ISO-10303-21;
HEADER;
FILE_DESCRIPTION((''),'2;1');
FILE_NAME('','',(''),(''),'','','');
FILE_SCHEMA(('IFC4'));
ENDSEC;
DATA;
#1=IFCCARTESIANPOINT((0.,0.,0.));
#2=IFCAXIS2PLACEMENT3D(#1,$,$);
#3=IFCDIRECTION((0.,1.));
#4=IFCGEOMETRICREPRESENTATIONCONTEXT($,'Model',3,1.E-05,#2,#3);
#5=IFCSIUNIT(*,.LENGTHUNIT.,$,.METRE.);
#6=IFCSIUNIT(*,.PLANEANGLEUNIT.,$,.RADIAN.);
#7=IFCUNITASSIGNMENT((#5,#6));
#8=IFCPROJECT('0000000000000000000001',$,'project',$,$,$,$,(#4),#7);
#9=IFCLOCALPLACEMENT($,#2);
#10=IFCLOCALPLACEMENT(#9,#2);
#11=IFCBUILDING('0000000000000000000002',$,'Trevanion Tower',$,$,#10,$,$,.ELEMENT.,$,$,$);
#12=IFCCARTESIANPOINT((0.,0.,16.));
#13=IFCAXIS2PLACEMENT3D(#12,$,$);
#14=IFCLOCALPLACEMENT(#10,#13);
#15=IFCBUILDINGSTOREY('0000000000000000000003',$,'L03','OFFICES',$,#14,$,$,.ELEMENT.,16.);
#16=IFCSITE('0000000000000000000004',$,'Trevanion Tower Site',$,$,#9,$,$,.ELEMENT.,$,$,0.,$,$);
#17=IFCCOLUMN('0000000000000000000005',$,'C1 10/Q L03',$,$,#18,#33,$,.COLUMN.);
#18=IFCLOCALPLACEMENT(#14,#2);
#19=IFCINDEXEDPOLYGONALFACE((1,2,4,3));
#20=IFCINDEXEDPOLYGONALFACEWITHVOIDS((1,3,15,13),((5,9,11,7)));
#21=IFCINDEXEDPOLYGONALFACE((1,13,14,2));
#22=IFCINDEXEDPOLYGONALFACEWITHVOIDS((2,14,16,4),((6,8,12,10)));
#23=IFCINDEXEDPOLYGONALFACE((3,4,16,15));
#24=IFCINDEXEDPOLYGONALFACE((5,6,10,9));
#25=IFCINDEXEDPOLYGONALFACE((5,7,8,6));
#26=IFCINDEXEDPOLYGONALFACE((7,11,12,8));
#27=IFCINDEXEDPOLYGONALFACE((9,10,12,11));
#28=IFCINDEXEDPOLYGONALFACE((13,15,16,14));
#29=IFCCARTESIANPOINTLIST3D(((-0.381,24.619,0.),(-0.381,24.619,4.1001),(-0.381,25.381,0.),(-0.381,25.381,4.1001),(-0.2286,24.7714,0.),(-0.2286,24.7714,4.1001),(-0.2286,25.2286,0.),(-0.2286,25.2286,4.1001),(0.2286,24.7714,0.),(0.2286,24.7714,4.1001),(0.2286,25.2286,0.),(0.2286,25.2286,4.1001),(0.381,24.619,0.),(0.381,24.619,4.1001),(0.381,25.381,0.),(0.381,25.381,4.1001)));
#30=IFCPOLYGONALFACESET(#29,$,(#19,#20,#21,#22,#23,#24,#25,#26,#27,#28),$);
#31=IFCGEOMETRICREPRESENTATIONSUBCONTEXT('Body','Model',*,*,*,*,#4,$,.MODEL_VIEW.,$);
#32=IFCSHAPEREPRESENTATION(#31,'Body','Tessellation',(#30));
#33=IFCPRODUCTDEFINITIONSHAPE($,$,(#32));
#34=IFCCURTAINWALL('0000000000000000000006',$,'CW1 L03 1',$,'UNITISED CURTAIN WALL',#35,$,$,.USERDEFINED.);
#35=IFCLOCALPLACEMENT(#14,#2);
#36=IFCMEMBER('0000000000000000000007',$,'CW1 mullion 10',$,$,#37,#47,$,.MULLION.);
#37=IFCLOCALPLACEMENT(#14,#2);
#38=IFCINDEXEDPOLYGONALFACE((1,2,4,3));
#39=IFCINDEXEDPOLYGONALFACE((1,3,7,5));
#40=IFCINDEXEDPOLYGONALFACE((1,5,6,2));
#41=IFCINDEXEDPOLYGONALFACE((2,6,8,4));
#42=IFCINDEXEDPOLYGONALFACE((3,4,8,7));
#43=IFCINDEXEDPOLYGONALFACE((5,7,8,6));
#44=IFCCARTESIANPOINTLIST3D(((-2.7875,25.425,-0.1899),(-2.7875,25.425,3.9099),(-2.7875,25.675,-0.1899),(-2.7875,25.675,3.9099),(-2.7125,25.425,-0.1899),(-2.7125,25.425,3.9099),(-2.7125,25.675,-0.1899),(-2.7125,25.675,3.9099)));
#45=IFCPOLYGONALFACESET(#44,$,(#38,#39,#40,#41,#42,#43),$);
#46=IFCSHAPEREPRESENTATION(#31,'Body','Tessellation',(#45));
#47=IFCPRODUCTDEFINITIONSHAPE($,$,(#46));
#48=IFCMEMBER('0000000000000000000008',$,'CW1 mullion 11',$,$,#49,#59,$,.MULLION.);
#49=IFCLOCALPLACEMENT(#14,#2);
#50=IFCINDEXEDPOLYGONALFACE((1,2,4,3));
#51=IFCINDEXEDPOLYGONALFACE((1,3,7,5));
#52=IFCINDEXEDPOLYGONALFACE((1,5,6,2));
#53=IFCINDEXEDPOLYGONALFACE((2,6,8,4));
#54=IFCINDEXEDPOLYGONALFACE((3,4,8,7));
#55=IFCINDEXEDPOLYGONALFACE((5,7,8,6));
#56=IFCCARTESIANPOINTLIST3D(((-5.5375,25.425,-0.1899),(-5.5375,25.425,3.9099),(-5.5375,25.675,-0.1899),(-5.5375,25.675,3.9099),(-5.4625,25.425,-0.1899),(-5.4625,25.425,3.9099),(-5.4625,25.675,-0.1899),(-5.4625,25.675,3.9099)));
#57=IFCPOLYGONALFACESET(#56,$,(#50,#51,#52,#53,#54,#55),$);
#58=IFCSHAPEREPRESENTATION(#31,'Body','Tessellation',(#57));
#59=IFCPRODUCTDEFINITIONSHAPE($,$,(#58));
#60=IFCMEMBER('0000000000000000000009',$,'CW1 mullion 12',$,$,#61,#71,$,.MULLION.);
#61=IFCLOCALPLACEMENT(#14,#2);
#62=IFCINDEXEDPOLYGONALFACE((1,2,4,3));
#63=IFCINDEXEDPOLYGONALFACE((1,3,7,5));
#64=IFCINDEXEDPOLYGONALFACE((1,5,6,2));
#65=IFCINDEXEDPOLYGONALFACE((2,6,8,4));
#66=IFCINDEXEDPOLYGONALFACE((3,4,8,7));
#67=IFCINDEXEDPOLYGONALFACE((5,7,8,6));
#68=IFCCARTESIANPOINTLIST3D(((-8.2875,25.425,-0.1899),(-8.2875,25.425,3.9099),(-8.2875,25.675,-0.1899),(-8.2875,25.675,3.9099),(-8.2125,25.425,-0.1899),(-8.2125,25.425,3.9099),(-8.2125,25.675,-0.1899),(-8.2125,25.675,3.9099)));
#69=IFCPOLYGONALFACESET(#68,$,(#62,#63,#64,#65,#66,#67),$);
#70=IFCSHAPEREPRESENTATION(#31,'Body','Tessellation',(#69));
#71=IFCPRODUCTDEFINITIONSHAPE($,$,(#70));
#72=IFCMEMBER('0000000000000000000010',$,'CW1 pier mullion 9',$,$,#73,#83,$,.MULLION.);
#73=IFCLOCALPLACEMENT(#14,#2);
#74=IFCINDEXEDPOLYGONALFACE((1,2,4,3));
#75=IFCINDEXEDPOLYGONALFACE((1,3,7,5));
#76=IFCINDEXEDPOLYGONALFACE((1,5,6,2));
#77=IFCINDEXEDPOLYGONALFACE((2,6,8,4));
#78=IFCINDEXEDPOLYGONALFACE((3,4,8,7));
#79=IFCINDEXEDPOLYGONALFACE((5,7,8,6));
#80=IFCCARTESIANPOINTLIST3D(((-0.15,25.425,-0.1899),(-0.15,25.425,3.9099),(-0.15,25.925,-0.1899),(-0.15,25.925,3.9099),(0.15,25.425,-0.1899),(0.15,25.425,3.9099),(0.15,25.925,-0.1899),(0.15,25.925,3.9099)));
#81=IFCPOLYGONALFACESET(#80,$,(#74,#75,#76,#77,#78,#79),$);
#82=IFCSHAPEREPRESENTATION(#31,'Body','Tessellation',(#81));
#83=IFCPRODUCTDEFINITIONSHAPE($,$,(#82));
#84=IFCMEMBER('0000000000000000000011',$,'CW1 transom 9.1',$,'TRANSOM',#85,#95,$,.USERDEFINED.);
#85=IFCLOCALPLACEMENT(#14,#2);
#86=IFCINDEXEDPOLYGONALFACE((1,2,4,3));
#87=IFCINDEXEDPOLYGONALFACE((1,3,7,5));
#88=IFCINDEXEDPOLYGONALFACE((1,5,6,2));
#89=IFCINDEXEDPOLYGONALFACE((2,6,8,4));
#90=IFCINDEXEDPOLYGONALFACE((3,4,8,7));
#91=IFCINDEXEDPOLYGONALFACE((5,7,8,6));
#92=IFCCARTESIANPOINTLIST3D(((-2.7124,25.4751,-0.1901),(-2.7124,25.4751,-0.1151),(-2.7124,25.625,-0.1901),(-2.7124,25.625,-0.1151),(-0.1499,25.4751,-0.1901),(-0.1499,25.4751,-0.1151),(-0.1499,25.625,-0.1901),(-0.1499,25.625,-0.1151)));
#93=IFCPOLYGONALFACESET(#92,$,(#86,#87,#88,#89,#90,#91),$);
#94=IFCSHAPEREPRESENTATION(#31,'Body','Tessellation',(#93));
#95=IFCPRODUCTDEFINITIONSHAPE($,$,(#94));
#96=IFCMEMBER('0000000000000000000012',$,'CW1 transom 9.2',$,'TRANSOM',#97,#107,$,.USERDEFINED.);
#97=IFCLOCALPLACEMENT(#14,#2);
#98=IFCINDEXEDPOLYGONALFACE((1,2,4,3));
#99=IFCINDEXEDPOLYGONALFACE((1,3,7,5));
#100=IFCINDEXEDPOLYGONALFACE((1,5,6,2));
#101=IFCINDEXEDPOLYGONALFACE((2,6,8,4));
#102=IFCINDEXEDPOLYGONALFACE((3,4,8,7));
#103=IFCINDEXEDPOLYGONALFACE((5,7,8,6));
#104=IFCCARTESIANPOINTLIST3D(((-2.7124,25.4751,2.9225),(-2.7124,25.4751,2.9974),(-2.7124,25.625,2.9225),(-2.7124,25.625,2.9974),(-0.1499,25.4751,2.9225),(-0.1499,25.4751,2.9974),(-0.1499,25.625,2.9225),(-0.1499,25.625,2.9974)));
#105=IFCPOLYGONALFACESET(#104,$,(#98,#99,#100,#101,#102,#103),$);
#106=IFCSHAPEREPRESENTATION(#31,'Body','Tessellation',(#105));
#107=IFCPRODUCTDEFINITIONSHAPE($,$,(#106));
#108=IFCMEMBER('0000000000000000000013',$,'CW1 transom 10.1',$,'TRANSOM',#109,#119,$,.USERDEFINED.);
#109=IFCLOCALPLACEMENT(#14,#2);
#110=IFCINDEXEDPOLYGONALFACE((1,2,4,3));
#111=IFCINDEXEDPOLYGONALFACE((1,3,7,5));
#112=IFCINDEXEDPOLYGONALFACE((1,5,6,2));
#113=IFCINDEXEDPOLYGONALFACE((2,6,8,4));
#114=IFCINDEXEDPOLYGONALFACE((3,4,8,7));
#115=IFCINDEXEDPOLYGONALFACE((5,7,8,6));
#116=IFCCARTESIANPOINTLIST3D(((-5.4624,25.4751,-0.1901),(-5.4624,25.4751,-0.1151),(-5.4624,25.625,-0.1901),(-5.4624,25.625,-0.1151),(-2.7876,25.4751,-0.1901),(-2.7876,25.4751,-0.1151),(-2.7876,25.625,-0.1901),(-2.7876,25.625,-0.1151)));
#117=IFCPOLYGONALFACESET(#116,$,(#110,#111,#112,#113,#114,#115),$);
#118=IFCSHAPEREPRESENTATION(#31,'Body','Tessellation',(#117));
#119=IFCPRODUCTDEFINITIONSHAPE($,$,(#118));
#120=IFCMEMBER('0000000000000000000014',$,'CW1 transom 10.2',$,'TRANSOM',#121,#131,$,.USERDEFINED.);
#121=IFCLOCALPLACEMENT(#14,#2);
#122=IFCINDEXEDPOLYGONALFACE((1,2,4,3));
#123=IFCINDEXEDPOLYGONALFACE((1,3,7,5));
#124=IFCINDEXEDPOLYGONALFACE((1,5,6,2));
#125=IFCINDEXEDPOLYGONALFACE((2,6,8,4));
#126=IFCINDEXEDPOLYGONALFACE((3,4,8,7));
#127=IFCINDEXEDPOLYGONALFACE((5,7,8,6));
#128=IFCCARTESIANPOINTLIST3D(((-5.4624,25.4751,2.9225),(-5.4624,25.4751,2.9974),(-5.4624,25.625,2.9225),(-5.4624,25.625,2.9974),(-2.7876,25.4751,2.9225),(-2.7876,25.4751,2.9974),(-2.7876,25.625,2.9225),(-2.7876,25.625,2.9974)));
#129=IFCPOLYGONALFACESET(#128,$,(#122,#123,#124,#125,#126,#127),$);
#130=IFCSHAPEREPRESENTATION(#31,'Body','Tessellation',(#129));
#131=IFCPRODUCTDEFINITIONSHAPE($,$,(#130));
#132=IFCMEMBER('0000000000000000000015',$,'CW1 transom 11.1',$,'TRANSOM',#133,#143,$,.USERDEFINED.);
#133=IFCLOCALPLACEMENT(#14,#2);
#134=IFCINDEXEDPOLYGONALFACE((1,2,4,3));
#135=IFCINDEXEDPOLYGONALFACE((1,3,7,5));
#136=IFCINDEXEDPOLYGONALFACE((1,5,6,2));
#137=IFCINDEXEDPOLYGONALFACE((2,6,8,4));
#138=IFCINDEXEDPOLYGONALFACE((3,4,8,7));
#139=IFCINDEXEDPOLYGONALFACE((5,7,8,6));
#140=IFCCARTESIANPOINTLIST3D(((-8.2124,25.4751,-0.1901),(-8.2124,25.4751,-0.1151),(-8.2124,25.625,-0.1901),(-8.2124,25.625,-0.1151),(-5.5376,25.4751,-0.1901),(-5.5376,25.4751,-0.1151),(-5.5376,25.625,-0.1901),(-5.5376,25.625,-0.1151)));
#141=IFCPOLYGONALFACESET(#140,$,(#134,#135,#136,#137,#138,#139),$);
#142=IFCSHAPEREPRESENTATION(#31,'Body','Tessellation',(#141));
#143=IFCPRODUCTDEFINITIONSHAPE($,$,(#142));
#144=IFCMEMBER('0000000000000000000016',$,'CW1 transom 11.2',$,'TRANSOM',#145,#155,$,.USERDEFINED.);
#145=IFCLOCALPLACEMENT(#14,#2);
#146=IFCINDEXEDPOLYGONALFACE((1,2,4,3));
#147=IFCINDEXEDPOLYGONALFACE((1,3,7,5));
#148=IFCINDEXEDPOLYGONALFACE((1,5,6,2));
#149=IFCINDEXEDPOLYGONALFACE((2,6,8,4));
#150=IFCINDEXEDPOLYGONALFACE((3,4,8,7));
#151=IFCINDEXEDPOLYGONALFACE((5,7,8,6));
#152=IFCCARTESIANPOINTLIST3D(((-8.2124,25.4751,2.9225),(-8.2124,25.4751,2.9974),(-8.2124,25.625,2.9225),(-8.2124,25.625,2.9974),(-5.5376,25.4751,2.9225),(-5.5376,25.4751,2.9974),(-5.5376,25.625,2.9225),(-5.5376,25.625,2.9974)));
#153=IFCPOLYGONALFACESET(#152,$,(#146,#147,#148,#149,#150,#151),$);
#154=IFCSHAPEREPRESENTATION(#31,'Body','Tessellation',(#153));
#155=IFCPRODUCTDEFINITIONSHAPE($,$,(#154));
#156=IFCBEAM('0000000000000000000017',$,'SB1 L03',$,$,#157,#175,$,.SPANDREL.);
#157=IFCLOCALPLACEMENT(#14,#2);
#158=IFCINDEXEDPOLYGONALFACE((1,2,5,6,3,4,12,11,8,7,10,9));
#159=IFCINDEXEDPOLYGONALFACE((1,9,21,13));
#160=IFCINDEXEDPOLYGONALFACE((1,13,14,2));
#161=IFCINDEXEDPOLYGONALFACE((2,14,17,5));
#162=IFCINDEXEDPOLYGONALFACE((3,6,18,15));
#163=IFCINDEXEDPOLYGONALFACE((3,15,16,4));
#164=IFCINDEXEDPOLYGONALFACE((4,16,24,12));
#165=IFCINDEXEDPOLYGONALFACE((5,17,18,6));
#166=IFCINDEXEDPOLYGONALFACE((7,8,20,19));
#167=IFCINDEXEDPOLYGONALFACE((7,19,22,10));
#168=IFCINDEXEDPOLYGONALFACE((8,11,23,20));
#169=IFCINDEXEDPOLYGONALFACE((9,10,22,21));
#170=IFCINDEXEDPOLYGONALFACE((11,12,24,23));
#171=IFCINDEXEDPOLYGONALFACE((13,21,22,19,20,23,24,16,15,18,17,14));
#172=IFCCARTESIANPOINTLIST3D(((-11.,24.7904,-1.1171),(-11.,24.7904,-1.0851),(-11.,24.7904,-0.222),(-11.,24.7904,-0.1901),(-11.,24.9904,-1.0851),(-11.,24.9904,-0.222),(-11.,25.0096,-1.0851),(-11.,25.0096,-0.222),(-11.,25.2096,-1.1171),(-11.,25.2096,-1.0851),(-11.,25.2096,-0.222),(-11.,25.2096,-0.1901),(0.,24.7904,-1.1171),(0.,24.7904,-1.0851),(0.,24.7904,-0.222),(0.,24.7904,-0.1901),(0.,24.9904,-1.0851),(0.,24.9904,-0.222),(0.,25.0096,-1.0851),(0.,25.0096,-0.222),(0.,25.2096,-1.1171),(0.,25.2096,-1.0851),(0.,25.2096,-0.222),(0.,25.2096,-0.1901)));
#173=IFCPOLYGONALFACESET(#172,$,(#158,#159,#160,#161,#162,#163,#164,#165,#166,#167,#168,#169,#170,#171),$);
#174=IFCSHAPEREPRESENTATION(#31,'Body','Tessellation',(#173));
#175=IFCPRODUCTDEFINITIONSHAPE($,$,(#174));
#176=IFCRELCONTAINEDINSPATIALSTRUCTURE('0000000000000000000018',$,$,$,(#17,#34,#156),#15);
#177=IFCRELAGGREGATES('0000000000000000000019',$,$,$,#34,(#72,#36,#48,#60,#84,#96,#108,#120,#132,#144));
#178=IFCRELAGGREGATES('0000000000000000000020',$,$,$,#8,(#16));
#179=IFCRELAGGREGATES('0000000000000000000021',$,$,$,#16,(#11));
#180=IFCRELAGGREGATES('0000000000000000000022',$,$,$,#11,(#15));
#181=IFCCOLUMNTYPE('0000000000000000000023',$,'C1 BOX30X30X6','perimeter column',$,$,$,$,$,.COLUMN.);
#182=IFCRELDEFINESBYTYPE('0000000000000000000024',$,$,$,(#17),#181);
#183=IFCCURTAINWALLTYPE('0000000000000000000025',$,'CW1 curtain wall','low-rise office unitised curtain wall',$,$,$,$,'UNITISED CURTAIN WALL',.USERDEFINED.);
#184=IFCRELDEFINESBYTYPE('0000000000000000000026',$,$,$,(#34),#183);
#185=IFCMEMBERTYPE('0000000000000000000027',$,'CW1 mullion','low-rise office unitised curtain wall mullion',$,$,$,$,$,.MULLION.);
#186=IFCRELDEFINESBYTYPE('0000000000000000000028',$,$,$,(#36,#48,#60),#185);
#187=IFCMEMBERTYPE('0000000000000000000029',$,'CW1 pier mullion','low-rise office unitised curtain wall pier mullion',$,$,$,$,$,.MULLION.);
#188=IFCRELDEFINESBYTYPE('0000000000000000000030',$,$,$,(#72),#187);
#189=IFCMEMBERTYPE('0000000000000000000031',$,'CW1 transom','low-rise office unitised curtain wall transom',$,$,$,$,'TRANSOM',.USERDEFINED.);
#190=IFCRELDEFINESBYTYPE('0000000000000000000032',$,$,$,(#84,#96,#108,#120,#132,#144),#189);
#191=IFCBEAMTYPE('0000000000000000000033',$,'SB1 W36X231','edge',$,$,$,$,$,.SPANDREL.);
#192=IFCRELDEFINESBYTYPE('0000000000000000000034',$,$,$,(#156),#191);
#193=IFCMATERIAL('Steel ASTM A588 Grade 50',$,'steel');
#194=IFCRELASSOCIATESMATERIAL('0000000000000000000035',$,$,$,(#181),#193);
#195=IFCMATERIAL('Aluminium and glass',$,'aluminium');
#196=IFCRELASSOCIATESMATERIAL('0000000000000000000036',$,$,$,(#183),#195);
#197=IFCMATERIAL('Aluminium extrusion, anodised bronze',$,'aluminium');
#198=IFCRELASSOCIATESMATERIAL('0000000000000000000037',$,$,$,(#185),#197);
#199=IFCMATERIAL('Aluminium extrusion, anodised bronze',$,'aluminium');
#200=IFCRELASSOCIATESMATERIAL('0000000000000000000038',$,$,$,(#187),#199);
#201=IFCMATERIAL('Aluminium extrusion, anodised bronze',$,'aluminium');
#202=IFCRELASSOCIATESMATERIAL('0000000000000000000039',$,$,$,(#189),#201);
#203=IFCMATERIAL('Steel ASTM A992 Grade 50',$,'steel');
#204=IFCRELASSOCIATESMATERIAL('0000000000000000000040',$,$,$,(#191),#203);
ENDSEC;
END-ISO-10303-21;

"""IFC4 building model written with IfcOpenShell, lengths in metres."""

from ifc_helpers import new_model, si_unit, direction, frame, origin, origin_2d, place, context, subcontext, project, spatial, rectangle, hollow_rectangle, i_section, extrude, material, material_profile, profile_set, type_object, element, aggregate, save


model = new_model("IFC4")

# Units and contexts
model_context = context("Model", 3, precision=1e-05, world=origin(), true_north=direction((0.0, 1.0)))
body_context = subcontext(model_context, "Body", "Model", "MODEL_VIEW")
ifc_project = project(units=[si_unit("LENGTHUNIT", "METRE"), si_unit("PLANEANGLEUNIT", "RADIAN")], contexts=[model_context])

# Site, building, storey
site_placement = place(None, origin())
site = spatial("IfcSite", under=ifc_project, at=site_placement, Name="Trevanion Tower Site", CompositionType="ELEMENT", RefElevation=0.0)
building_placement = place(site_placement, origin())
building = spatial("IfcBuilding", under=site, at=building_placement, Name="Trevanion Tower", CompositionType="ELEMENT")
storey_placement = place(building_placement, frame((0.0, 0.0, 16.0)))
storey = spatial("IfcBuildingStorey", under=building, at=storey_placement, Name="L03", Description="OFFICES", CompositionType="ELEMENT", Elevation=16.0)

# Column
ifc_material_1 = material(Name="Steel ASTM A588 Grade 50", Category="steel")
ifc_material_profile_1 = material_profile(ifc_material_1, hollow_rectangle(XDim=0.762, YDim=0.762, WallThickness=0.1523, at=origin_2d()), Name="BOX30X30X6")
ifc_profile_set_1 = profile_set([ifc_material_profile_1], Name="Steel ASTM A588 Grade 50")
column_type = type_object("IfcColumnType", Name="C1 BOX30X30X6", Description="perimeter column", PredefinedType="COLUMN", material=ifc_profile_set_1)
column_placement = place(storey_placement, frame((0.0, 25.0, 0.0), z_axis=(0.0, 0.0, 1.0), x_axis=(1.0, 0.0, 0.0)))
element("IfcColumn", 1, at=column_placement, inside=storey, type_object=column_type, Name="C1 10/Q L03", PredefinedType="COLUMN", context=body_context, shape_type="SweptSolid", body=[
    extrude(hollow_rectangle(XDim=0.762, YDim=0.762, WallThickness=0.1523, at=origin_2d()), origin(), (0.0, 0.0, 1.0), 4.1001),
])

# Curtain wall, members
ifc_material_2 = material(Name="Aluminium and glass", Category="aluminium")
curtain_wall_type = type_object("IfcCurtainWallType", Name="CW1 curtain wall", Description="low-rise office unitised curtain wall", ElementType="UNITISED CURTAIN WALL", PredefinedType="USERDEFINED", material=ifc_material_2)
curtain_wall_placement = place(storey_placement, origin())
curtain_wall = element("IfcCurtainWall", 2, at=curtain_wall_placement, inside=storey, type_object=curtain_wall_type, Name="CW1 L03 1", ObjectType="UNITISED CURTAIN WALL", PredefinedType="USERDEFINED")
ifc_material_3 = material(Name="Aluminium extrusion, anodised bronze", Category="aluminium")
ifc_material_profile_2 = material_profile(ifc_material_3, rectangle(XDim=0.075, YDim=0.25, at=origin_2d()), Name="CW1 mullion")
ifc_profile_set_2 = profile_set([ifc_material_profile_2], Name="Aluminium extrusion, anodised bronze")
member_type_1 = type_object("IfcMemberType", Name="CW1 mullion", Description="low-rise office unitised curtain wall mullion", PredefinedType="MULLION", material=ifc_profile_set_2)
member_1_placement = place(storey_placement, frame((-2.75, 25.55, -0.1899), z_axis=(0.0, 0.0, 1.0), x_axis=(-1.0, 0.0, 0.0)))
member_1 = element("IfcMember", 3, at=member_1_placement, type_object=member_type_1, Name="CW1 mullion 10", PredefinedType="MULLION", context=body_context, shape_type="SweptSolid", body=[
    extrude(rectangle(XDim=0.075, YDim=0.25, at=origin_2d()), origin(), (0.0, 0.0, 1.0), 4.0999),
])
member_2_placement = place(storey_placement, frame((-5.5, 25.55, -0.1899), z_axis=(0.0, 0.0, 1.0), x_axis=(-1.0, 0.0, 0.0)))
member_2 = element("IfcMember", 4, at=member_2_placement, type_object=member_type_1, Name="CW1 mullion 11", PredefinedType="MULLION", context=body_context, shape_type="SweptSolid", body=[
    extrude(rectangle(XDim=0.075, YDim=0.25, at=origin_2d()), origin(), (0.0, 0.0, 1.0), 4.0999),
])
member_3_placement = place(storey_placement, frame((-8.25, 25.55, -0.1899), z_axis=(0.0, 0.0, 1.0), x_axis=(-1.0, 0.0, 0.0)))
member_3 = element("IfcMember", 5, at=member_3_placement, type_object=member_type_1, Name="CW1 mullion 12", PredefinedType="MULLION", context=body_context, shape_type="SweptSolid", body=[
    extrude(rectangle(XDim=0.075, YDim=0.25, at=origin_2d()), origin(), (0.0, 0.0, 1.0), 4.0999),
])
ifc_material_4 = material(Name="Aluminium extrusion, anodised bronze", Category="aluminium")
ifc_material_profile_3 = material_profile(ifc_material_4, rectangle(XDim=0.3, YDim=0.5, at=origin_2d()), Name="CW1 pier mullion")
ifc_profile_set_3 = profile_set([ifc_material_profile_3], Name="Aluminium extrusion, anodised bronze")
member_type_2 = type_object("IfcMemberType", Name="CW1 pier mullion", Description="low-rise office unitised curtain wall pier mullion", PredefinedType="MULLION", material=ifc_profile_set_3)
member_4_placement = place(storey_placement, frame((0.0, 25.675, -0.1899), z_axis=(0.0, 0.0, 1.0), x_axis=(-1.0, 0.0, 0.0)))
member_4 = element("IfcMember", 6, at=member_4_placement, type_object=member_type_2, Name="CW1 pier mullion 9", PredefinedType="MULLION", context=body_context, shape_type="SweptSolid", body=[
    extrude(rectangle(XDim=0.3, YDim=0.5, at=origin_2d()), origin(), (0.0, 0.0, 1.0), 4.0999),
])
ifc_material_5 = material(Name="Aluminium extrusion, anodised bronze", Category="aluminium")
ifc_material_profile_4 = material_profile(ifc_material_5, rectangle(XDim=0.1499, YDim=0.075, at=origin_2d()), Name="CW1 transom")
ifc_profile_set_4 = profile_set([ifc_material_profile_4], Name="Aluminium extrusion, anodised bronze")
member_type_3 = type_object("IfcMemberType", Name="CW1 transom", Description="low-rise office unitised curtain wall transom", ElementType="TRANSOM", PredefinedType="USERDEFINED", material=ifc_profile_set_4)
member_5_placement = place(storey_placement, frame((-0.1499, 25.55, -0.1526), z_axis=(-1.0, 0.0, 0.0), x_axis=(0.0, -1.0, 0.0)))
member_5 = element("IfcMember", 7, at=member_5_placement, type_object=member_type_3, Name="CW1 transom 9.1", ObjectType="TRANSOM", PredefinedType="USERDEFINED", context=body_context, shape_type="SweptSolid", body=[
    extrude(rectangle(XDim=0.1499, YDim=0.075, at=origin_2d()), origin(), (0.0, 0.0, 1.0), 2.5625),
])
member_6_placement = place(storey_placement, frame((-0.1499, 25.55, 2.96), z_axis=(-1.0, 0.0, 0.0), x_axis=(0.0, -1.0, 0.0)))
member_6 = element("IfcMember", 8, at=member_6_placement, type_object=member_type_3, Name="CW1 transom 9.2", ObjectType="TRANSOM", PredefinedType="USERDEFINED", context=body_context, shape_type="SweptSolid", body=[
    extrude(rectangle(XDim=0.1499, YDim=0.075, at=origin_2d()), origin(), (0.0, 0.0, 1.0), 2.5625),
])
member_7_placement = place(storey_placement, frame((-2.7876, 25.55, -0.1526), z_axis=(-1.0, 0.0, 0.0), x_axis=(0.0, -1.0, 0.0)))
member_7 = element("IfcMember", 9, at=member_7_placement, type_object=member_type_3, Name="CW1 transom 10.1", ObjectType="TRANSOM", PredefinedType="USERDEFINED", context=body_context, shape_type="SweptSolid", body=[
    extrude(rectangle(XDim=0.1499, YDim=0.075, at=origin_2d()), origin(), (0.0, 0.0, 1.0), 2.6748),
])
member_8_placement = place(storey_placement, frame((-2.7876, 25.55, 2.96), z_axis=(-1.0, 0.0, 0.0), x_axis=(0.0, -1.0, 0.0)))
member_8 = element("IfcMember", 10, at=member_8_placement, type_object=member_type_3, Name="CW1 transom 10.2", ObjectType="TRANSOM", PredefinedType="USERDEFINED", context=body_context, shape_type="SweptSolid", body=[
    extrude(rectangle(XDim=0.1499, YDim=0.075, at=origin_2d()), origin(), (0.0, 0.0, 1.0), 2.6748),
])
member_9_placement = place(storey_placement, frame((-5.5376, 25.55, -0.1526), z_axis=(-1.0, 0.0, 0.0), x_axis=(0.0, -1.0, 0.0)))
member_9 = element("IfcMember", 11, at=member_9_placement, type_object=member_type_3, Name="CW1 transom 11.1", ObjectType="TRANSOM", PredefinedType="USERDEFINED", context=body_context, shape_type="SweptSolid", body=[
    extrude(rectangle(XDim=0.1499, YDim=0.075, at=origin_2d()), origin(), (0.0, 0.0, 1.0), 2.6748),
])
member_10_placement = place(storey_placement, frame((-5.5376, 25.55, 2.96), z_axis=(-1.0, 0.0, 0.0), x_axis=(0.0, -1.0, 0.0)))
member_10 = element("IfcMember", 12, at=member_10_placement, type_object=member_type_3, Name="CW1 transom 11.2", ObjectType="TRANSOM", PredefinedType="USERDEFINED", context=body_context, shape_type="SweptSolid", body=[
    extrude(rectangle(XDim=0.1499, YDim=0.075, at=origin_2d()), origin(), (0.0, 0.0, 1.0), 2.6748),
])

# Beam
ifc_material_6 = material(Name="Steel ASTM A992 Grade 50", Category="steel")
ifc_material_profile_5 = material_profile(ifc_material_6, i_section(OverallWidth=0.4192, OverallDepth=0.927, WebThickness=0.0193, FlangeThickness=0.032, at=origin_2d()), Name="W36X231")
ifc_profile_set_5 = profile_set([ifc_material_profile_5], Name="Steel ASTM A992 Grade 50")
beam_type = type_object("IfcBeamType", Name="SB1 W36X231", Description="edge", PredefinedType="SPANDREL", material=ifc_profile_set_5)
beam_placement = place(storey_placement, frame((0.0, 25.0, -0.6536), z_axis=(-1.0, 0.0, 0.0), x_axis=(0.0, -1.0, 0.0)))
element("IfcBeam", 13, at=beam_placement, inside=storey, type_object=beam_type, Name="SB1 L03", PredefinedType="SPANDREL", context=body_context, shape_type="SweptSolid", body=[
    extrude(i_section(OverallWidth=0.4192, OverallDepth=0.927, WebThickness=0.0193, FlangeThickness=0.032, at=origin_2d()), origin(), (0.0, 0.0, 1.0), 11.0),
])

aggregate(curtain_wall, [member_4, member_1, member_2, member_3, member_5, member_6, member_7, member_8, member_9, member_10])

save(model, "model.ifc")
